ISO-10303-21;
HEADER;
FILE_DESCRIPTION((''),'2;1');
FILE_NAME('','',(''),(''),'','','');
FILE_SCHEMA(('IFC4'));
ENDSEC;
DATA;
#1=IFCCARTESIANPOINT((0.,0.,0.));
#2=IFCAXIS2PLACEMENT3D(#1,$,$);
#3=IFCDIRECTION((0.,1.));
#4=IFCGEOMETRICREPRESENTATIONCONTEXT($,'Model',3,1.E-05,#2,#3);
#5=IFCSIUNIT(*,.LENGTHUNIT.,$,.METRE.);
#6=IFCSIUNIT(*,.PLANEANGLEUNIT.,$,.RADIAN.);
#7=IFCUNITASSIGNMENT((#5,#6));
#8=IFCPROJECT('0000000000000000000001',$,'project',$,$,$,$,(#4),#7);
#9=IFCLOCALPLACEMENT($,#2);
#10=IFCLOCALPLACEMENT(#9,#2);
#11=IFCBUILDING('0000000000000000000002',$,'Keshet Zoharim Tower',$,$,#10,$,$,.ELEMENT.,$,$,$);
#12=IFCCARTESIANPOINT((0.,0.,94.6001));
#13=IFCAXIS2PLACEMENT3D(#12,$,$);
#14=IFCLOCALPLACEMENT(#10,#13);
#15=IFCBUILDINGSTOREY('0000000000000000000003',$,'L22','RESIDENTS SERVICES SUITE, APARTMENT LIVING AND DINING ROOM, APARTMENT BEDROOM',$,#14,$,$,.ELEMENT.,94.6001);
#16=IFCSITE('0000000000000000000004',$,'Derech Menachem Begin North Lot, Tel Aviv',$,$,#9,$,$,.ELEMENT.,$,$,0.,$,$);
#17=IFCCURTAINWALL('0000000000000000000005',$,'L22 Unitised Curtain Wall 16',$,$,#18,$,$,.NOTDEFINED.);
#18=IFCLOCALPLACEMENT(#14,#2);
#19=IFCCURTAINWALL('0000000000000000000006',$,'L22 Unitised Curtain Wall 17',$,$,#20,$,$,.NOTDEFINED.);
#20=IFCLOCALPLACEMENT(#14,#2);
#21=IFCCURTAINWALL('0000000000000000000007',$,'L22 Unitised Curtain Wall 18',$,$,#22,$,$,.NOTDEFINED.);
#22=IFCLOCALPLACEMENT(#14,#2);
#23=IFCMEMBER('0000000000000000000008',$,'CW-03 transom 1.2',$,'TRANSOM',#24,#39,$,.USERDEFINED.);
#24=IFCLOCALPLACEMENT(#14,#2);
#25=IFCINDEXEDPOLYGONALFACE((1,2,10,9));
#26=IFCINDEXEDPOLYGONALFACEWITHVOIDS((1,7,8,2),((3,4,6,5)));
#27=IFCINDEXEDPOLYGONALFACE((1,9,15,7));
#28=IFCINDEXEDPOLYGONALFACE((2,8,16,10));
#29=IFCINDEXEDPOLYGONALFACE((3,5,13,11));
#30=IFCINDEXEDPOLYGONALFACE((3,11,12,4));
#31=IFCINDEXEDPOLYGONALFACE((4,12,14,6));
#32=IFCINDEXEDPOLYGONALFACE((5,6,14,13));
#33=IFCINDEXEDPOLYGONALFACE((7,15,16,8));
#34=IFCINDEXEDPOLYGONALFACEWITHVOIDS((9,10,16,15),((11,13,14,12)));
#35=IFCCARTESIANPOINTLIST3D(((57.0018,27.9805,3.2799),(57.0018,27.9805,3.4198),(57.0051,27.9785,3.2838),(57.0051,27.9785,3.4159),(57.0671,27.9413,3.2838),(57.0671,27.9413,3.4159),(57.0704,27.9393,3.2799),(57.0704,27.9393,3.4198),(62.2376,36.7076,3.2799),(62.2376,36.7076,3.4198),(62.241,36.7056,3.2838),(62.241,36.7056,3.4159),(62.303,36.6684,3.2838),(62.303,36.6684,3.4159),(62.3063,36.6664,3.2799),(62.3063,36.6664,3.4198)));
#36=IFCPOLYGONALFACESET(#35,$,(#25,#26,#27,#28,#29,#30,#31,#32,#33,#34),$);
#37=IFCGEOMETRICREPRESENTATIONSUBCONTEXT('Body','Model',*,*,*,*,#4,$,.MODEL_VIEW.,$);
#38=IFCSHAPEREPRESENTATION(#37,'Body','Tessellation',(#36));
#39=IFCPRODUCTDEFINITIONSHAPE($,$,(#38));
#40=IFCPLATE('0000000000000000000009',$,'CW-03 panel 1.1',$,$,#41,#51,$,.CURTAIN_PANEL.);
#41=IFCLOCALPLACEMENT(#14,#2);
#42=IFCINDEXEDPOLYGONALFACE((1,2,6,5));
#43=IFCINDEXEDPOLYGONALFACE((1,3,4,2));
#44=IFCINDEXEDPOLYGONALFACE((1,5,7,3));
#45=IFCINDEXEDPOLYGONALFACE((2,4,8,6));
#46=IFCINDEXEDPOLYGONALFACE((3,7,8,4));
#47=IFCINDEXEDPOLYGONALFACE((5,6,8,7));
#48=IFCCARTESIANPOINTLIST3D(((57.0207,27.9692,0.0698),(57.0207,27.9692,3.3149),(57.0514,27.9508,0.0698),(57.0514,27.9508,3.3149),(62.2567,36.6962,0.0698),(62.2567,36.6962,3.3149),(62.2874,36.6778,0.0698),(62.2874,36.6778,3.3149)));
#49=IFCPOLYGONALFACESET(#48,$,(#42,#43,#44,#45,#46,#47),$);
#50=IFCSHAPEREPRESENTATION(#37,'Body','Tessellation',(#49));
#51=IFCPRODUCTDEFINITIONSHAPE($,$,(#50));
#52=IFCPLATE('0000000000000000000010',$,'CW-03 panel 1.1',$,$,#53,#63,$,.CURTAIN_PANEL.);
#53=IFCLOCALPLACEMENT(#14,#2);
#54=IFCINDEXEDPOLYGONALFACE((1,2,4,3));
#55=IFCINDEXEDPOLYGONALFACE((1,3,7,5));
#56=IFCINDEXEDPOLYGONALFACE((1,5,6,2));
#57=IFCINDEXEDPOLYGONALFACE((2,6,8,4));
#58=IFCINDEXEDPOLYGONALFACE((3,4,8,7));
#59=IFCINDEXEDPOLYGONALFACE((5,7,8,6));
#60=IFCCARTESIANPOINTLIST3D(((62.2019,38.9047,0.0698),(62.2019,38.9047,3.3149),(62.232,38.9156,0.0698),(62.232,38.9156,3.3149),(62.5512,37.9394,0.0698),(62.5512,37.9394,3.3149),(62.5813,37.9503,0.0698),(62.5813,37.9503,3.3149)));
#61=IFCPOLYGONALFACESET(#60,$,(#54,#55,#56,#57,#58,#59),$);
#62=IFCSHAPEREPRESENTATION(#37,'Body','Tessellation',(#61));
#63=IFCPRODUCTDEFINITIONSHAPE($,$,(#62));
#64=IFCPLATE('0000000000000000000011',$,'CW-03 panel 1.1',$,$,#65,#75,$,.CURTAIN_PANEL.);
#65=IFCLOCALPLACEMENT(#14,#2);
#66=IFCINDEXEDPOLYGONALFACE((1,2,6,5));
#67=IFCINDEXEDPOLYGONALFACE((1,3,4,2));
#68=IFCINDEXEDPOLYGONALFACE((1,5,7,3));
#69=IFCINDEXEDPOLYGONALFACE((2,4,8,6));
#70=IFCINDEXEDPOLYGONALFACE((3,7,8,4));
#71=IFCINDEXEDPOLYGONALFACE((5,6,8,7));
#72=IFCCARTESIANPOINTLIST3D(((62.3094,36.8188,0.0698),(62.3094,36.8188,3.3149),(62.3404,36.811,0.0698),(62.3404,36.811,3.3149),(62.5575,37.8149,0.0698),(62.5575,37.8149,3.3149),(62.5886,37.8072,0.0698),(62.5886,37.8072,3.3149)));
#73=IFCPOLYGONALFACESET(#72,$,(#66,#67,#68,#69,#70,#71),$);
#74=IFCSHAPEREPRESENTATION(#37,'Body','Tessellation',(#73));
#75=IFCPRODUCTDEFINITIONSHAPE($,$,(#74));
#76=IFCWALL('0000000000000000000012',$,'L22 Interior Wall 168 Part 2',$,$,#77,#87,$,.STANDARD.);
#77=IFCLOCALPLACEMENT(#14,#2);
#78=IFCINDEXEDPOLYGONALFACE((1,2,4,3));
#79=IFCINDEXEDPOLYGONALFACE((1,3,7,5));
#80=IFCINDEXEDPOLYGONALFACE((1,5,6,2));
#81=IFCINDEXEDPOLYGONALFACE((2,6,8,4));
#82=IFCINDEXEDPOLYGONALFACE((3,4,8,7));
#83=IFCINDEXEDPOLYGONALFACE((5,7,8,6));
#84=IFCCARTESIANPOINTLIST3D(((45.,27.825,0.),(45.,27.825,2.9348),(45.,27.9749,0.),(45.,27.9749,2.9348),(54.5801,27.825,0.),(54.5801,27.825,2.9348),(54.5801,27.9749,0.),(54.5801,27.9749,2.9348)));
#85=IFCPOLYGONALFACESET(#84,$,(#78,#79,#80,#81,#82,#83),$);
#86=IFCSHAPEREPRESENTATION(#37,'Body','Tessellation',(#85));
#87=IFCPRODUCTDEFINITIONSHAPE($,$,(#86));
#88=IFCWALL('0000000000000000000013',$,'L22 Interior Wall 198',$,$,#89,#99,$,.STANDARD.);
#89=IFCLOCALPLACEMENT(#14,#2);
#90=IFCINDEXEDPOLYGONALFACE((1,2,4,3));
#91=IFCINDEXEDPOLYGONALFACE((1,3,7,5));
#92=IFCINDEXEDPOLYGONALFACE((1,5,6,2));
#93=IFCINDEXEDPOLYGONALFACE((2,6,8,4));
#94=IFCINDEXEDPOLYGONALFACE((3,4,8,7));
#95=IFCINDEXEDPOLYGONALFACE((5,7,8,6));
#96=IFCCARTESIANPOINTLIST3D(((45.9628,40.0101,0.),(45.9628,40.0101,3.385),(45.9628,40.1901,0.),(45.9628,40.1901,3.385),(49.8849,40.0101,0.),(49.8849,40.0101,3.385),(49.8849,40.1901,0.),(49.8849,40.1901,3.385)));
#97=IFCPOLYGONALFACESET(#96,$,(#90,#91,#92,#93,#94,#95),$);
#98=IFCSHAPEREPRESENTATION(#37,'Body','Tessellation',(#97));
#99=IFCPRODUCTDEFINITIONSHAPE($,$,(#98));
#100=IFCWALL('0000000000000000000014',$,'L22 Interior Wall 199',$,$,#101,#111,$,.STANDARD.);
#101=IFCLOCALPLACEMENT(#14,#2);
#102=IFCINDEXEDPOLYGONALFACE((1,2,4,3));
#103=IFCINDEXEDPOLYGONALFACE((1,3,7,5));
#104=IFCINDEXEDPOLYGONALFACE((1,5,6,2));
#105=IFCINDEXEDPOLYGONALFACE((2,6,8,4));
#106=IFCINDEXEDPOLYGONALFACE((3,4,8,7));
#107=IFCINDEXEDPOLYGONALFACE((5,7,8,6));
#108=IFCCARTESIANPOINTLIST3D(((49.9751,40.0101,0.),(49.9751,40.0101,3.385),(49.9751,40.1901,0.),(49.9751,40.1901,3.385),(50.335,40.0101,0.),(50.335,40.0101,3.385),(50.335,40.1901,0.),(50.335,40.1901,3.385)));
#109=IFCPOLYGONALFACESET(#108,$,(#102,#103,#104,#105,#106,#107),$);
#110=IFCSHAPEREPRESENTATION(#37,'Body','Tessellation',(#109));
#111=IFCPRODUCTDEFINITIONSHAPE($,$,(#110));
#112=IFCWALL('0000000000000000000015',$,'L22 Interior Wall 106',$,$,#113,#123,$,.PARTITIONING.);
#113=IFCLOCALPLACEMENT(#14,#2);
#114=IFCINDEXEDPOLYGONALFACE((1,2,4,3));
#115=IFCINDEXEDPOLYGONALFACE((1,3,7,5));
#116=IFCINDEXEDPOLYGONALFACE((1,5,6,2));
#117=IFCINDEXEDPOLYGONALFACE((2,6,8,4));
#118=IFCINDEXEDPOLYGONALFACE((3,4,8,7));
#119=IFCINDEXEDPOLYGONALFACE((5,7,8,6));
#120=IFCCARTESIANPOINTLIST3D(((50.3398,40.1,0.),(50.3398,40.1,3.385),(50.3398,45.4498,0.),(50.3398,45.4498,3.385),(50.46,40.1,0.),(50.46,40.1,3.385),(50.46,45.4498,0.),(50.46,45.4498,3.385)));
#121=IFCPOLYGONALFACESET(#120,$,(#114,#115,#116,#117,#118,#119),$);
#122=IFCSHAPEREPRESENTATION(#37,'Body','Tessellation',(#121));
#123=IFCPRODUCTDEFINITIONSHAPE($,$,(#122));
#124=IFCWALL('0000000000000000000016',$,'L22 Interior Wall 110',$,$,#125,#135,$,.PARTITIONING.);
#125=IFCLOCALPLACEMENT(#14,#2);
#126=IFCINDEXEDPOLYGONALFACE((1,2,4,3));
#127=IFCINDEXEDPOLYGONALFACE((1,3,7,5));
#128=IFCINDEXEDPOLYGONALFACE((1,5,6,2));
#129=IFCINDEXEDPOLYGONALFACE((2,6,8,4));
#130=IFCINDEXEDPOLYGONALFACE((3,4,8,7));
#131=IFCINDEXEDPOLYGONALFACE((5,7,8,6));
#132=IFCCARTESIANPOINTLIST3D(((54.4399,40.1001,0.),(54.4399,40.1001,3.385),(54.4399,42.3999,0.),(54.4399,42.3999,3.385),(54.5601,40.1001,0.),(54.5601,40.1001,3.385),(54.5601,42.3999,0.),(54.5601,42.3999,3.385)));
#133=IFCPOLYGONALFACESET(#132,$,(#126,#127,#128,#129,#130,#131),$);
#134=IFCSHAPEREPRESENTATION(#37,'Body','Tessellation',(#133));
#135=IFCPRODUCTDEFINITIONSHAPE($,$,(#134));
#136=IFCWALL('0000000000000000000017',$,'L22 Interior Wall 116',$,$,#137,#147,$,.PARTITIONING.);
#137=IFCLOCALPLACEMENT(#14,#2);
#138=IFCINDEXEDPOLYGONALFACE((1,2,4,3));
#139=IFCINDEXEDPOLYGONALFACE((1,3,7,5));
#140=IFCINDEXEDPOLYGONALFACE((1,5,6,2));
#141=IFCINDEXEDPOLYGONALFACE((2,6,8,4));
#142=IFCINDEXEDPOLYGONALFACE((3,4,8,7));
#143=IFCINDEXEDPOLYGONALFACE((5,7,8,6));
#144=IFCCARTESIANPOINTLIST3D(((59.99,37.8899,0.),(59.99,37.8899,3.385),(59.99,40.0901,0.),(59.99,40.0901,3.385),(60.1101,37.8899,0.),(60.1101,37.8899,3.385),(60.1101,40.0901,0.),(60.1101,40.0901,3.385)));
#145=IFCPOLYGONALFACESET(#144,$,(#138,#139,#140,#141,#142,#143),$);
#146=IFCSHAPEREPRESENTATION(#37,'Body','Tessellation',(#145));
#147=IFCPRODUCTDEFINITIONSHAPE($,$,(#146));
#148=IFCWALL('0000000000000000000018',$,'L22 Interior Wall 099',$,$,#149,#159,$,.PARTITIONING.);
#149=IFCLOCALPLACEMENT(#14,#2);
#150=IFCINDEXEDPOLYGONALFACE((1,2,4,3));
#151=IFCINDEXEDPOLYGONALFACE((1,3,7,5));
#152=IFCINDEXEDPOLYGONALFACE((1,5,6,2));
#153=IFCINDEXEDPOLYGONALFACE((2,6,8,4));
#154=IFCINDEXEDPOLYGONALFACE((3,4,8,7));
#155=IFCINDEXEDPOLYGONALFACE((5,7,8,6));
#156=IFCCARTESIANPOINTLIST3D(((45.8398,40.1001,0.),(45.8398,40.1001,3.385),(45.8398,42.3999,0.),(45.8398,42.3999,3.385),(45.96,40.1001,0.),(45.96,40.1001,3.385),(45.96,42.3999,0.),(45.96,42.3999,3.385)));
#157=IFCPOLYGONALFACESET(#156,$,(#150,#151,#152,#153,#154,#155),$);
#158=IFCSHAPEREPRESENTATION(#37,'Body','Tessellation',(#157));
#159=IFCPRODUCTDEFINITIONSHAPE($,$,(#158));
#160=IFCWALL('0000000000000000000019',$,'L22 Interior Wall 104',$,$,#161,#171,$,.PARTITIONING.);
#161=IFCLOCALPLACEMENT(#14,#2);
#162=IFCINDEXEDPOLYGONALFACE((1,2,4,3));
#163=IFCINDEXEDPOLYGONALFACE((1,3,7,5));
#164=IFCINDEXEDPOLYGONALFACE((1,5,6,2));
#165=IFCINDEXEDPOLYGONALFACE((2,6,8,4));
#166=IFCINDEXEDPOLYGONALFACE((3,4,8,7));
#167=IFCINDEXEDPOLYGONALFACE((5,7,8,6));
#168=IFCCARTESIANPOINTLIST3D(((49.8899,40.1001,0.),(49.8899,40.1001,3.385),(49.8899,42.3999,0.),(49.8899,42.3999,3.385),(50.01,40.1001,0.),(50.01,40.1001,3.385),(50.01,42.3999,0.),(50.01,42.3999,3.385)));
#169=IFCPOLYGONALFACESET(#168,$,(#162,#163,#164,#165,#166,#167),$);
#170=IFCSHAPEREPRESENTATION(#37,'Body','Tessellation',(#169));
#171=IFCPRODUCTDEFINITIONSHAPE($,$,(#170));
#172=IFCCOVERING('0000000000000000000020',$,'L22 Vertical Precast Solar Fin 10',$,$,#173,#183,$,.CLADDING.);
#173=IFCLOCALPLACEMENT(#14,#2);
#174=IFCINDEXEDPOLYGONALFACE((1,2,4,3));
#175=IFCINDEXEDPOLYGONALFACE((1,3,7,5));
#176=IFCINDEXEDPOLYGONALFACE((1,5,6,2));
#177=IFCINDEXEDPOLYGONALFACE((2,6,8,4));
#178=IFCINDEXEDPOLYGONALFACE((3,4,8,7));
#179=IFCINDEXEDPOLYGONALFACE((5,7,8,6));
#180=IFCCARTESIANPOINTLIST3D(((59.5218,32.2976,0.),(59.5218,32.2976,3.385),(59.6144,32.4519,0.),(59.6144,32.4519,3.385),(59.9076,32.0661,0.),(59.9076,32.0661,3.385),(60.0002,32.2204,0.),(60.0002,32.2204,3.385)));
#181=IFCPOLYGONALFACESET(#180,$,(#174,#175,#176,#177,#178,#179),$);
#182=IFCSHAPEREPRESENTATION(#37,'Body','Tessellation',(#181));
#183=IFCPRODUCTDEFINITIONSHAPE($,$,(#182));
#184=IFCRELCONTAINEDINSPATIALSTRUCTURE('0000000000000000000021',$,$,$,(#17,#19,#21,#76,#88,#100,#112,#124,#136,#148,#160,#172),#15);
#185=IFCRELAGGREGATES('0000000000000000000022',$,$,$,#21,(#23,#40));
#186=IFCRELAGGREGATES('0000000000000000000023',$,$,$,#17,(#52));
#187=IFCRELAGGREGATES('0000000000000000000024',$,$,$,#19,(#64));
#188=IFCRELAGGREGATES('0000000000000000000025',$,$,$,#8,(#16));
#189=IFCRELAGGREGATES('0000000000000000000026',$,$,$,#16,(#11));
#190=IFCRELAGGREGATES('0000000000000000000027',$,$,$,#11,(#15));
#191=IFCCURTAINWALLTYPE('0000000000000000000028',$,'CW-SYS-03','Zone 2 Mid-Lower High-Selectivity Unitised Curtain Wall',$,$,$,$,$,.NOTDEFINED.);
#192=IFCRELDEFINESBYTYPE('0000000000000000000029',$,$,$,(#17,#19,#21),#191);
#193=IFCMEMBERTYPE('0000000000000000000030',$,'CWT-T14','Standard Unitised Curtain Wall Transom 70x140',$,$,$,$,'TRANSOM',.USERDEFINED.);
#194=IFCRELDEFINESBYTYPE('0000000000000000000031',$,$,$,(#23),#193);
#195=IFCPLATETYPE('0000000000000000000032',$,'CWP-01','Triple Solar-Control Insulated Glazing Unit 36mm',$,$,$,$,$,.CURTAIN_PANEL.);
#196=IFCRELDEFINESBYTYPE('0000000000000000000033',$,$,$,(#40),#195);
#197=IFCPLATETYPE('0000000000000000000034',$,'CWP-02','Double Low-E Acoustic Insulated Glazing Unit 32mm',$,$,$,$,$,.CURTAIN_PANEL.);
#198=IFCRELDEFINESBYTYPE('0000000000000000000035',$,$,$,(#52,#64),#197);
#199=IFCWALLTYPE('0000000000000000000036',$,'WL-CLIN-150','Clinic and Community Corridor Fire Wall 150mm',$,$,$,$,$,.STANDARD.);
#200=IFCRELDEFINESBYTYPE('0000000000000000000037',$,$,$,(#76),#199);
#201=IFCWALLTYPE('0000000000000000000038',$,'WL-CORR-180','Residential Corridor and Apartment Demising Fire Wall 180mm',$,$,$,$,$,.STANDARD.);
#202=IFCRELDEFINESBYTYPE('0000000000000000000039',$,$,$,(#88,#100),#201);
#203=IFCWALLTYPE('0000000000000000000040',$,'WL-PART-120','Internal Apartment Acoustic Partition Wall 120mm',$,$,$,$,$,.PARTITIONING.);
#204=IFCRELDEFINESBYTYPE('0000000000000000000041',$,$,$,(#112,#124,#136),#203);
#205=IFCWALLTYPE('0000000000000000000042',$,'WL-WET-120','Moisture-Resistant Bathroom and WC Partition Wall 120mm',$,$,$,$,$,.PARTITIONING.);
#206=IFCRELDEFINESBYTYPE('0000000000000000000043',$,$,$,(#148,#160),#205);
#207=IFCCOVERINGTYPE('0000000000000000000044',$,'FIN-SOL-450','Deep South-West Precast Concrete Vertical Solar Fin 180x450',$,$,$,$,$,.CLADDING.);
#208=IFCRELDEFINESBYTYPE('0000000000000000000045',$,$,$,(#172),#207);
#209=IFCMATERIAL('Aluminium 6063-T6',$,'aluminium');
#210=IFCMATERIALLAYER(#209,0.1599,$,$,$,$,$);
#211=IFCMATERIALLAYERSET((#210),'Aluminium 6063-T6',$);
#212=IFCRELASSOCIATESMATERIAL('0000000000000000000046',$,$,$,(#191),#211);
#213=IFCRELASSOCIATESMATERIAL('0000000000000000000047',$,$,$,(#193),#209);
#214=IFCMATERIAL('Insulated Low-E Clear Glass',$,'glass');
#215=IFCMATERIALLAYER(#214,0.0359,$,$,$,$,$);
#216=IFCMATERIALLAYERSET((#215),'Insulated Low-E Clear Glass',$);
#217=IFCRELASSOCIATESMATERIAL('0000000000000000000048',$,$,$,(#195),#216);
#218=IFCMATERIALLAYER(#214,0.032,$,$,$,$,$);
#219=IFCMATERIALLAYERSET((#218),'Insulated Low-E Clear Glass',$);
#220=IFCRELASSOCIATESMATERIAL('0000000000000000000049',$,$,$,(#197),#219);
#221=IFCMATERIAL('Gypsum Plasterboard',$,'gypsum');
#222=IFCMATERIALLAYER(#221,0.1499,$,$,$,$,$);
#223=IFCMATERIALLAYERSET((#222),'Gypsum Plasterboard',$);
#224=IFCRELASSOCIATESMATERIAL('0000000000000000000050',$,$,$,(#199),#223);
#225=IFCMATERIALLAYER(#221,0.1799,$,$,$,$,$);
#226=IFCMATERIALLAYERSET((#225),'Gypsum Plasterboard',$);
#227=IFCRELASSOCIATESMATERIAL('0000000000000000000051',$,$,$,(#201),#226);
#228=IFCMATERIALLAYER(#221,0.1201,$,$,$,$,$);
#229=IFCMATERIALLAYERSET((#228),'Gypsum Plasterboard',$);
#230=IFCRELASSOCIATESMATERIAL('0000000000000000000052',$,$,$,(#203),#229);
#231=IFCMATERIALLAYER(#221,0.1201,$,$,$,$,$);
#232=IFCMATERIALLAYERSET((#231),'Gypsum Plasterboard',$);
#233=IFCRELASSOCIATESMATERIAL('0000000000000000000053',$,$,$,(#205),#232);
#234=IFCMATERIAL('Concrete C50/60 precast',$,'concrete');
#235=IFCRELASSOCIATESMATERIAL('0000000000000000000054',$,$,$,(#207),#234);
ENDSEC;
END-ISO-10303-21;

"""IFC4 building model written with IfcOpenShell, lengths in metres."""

from ifc_helpers import new_model, si_unit, direction, frame, frame_2d, origin, origin_2d, place, context, subcontext, project, spatial, rectangle, hollow_rectangle, extrude, material, layer, layer_set, material_profile, profile_set, type_object, element, aggregate, save


model = new_model("IFC4")

# Units and contexts
model_context = context("Model", 3, precision=1e-05, world=origin(), true_north=direction((0.0, 1.0)))
body_context = subcontext(model_context, "Body", "Model", "MODEL_VIEW")
ifc_project = project(units=[si_unit("LENGTHUNIT", "METRE"), si_unit("PLANEANGLEUNIT", "RADIAN")], contexts=[model_context])

# Site, building, storey
site_placement = place(None, origin())
site = spatial("IfcSite", under=ifc_project, at=site_placement, Name="Derech Menachem Begin North Lot, Tel Aviv", CompositionType="ELEMENT", RefElevation=0.0)
building_placement = place(site_placement, origin())
building = spatial("IfcBuilding", under=site, at=building_placement, Name="Keshet Zoharim Tower", CompositionType="ELEMENT")
storey_placement = place(building_placement, frame((0.0, 0.0, 94.6001)))
storey = spatial("IfcBuildingStorey", under=building, at=storey_placement, Name="L22", Description="RESIDENTS SERVICES SUITE, APARTMENT LIVING AND DINING ROOM, APARTMENT BEDROOM", CompositionType="ELEMENT", Elevation=94.6001)

# Shared definitions
ifc_material_1 = material(Name="Aluminium 6063-T6", Category="aluminium")
ifc_layer_1 = layer(ifc_material_1, 0.1599)
ifc_layer_set_1 = layer_set([ifc_layer_1], Name="Aluminium 6063-T6")
curtain_wall_type = type_object("IfcCurtainWallType", Name="CW-SYS-03", Description="Zone 2 Mid-Lower High-Selectivity Unitised Curtain Wall", PredefinedType="NOTDEFINED", material=ifc_layer_set_1)

# Curtain walls
curtain_wall_1_placement = place(storey_placement, origin())
curtain_wall_1 = element("IfcCurtainWall", 1, at=curtain_wall_1_placement, inside=storey, type_object=curtain_wall_type, Name="L22 Unitised Curtain Wall 16", PredefinedType="NOTDEFINED")
curtain_wall_2_placement = place(storey_placement, origin())
curtain_wall_2 = element("IfcCurtainWall", 2, at=curtain_wall_2_placement, inside=storey, type_object=curtain_wall_type, Name="L22 Unitised Curtain Wall 17", PredefinedType="NOTDEFINED")
curtain_wall_3_placement = place(storey_placement, origin())
curtain_wall_3 = element("IfcCurtainWall", 3, at=curtain_wall_3_placement, inside=storey, type_object=curtain_wall_type, Name="L22 Unitised Curtain Wall 18", PredefinedType="NOTDEFINED")

# Member
ifc_material_profile_1 = material_profile(ifc_material_1, hollow_rectangle(XDim=0.0801, YDim=0.1399, WallThickness=0.0039, at=origin_2d()), Name="TRN-80x140")
ifc_profile_set_1 = profile_set([ifc_material_profile_1], Name="Aluminium 6063-T6")
member_type_1 = type_object("IfcMemberType", Name="CWT-T14", Description="Standard Unitised Curtain Wall Transom 70x140", ElementType="TRANSOM", PredefinedType="USERDEFINED", material=ifc_profile_set_1)
member_1_placement = place(storey_placement, frame((62.272, 36.687, 3.3499), z_axis=(-0.514468, -0.85751, 0.0), x_axis=(0.85751, -0.514468, 0.0)))
member_1 = element("IfcMember", 4, at=member_1_placement, type_object=member_type_1, Name="CW-03 transom 1.2", ObjectType="TRANSOM", PredefinedType="USERDEFINED", context=body_context, shape_type="SweptSolid", body=[
    extrude(hollow_rectangle(XDim=0.0801, YDim=0.1399, WallThickness=0.0039, at=origin_2d()), origin(), (0.0, 0.0, 1.0), 10.1772),
])

# Plates
ifc_material_2 = material(Name="Insulated Low-E Clear Glass", Category="glass")
ifc_layer_2 = layer(ifc_material_2, 0.0359)
ifc_layer_set_2 = layer_set([ifc_layer_2], Name="Insulated Low-E Clear Glass")
plate_type_1 = type_object("IfcPlateType", Name="CWP-01", Description="Triple Solar-Control Insulated Glazing Unit 36mm", PredefinedType="CURTAIN_PANEL", material=ifc_layer_set_2)
plate_1_placement = place(storey_placement, frame((59.6541, 32.3235, 0.0698), z_axis=(0.0, 0.0, 1.0), x_axis=(-0.514482, -0.857501, 0.0)))
plate_1 = element("IfcPlate", 5, at=plate_1_placement, type_object=plate_type_1, Name="CW-03 panel 1.1", PredefinedType="CURTAIN_PANEL", context=body_context, shape_type="SweptSolid", body=[
    extrude(rectangle(XDim=10.1772, YDim=0.0359, at=origin_2d()), origin(), (0.0, 0.0, 1.0), 3.2451),
])
aggregate(curtain_wall_3, [member_1, plate_1])
ifc_layer_3 = layer(ifc_material_2, 0.032)
ifc_layer_set_3 = layer_set([ifc_layer_3], Name="Insulated Low-E Clear Glass")
plate_type_2 = type_object("IfcPlateType", Name="CWP-02", Description="Double Low-E Acoustic Insulated Glazing Unit 32mm", PredefinedType="CURTAIN_PANEL", material=ifc_layer_set_3)
plate_2_placement = place(storey_placement, frame((62.3916, 38.4275, 0.0698), z_axis=(0.0, 0.0, 1.0), x_axis=(0.340297, -0.940318, 0.0)))
plate_2 = element("IfcPlate", 6, at=plate_2_placement, type_object=plate_type_2, Name="CW-03 panel 1.1", PredefinedType="CURTAIN_PANEL", context=body_context, shape_type="SweptSolid", body=[
    extrude(rectangle(XDim=1.0266, YDim=0.032, at=origin_2d()), origin(), (0.0, 0.0, 1.0), 3.2451),
])
aggregate(curtain_wall_1, [plate_2])
plate_3_placement = place(storey_placement, frame((62.449, 37.313, 0.0698), z_axis=(0.0, 0.0, 1.0), x_axis=(-0.241729, -0.970344, 0.0)))
plate_3 = element("IfcPlate", 7, at=plate_3_placement, type_object=plate_type_2, Name="CW-03 panel 1.1", PredefinedType="CURTAIN_PANEL", context=body_context, shape_type="SweptSolid", body=[
    extrude(rectangle(XDim=1.0266, YDim=0.032, at=origin_2d()), origin(), (0.0, 0.0, 1.0), 3.2451),
])
aggregate(curtain_wall_2, [plate_3])

# Walls
ifc_material_3 = material(Name="Gypsum Plasterboard", Category="gypsum")
ifc_layer_4 = layer(ifc_material_3, 0.1499)
ifc_layer_set_4 = layer_set([ifc_layer_4], Name="Gypsum Plasterboard")
wall_type_1 = type_object("IfcWallType", Name="WL-CLIN-150", Description="Clinic and Community Corridor Fire Wall 150mm", PredefinedType="STANDARD", material=ifc_layer_set_4)
wall_1_placement = place(storey_placement, frame((45.0, 27.8999, 0.0), z_axis=(0.0, 0.0, 1.0), x_axis=(1.0, 0.0, 0.0)))
element("IfcWall", 8, at=wall_1_placement, inside=storey, type_object=wall_type_1, Name="L22 Interior Wall 168 Part 2", PredefinedType="STANDARD", context=body_context, shape_type="SweptSolid", body=[
    extrude(rectangle(XDim=9.5801, YDim=0.1499, at=frame_2d((4.79, 0.0))), origin(), (0.0, 0.0, 1.0), 2.9348),
])
ifc_layer_5 = layer(ifc_material_3, 0.1799)
ifc_layer_set_5 = layer_set([ifc_layer_5], Name="Gypsum Plasterboard")
wall_type_2 = type_object("IfcWallType", Name="WL-CORR-180", Description="Residential Corridor and Apartment Demising Fire Wall 180mm", PredefinedType="STANDARD", material=ifc_layer_set_5)
wall_2_placement = place(storey_placement, frame((45.9629, 40.1001, 0.0), z_axis=(0.0, 0.0, 1.0), x_axis=(1.0, 0.0, 0.0)))
element("IfcWall", 9, at=wall_2_placement, inside=storey, type_object=wall_type_2, Name="L22 Interior Wall 198", PredefinedType="STANDARD", context=body_context, shape_type="SweptSolid", body=[
    extrude(rectangle(XDim=3.9221, YDim=0.1799, at=frame_2d((1.9609, 0.0))), origin(), (0.0, 0.0, 1.0), 3.385),
])
wall_3_placement = place(storey_placement, frame((49.9751, 40.1001, 0.0), z_axis=(0.0, 0.0, 1.0), x_axis=(1.0, 0.0, 0.0)))
element("IfcWall", 10, at=wall_3_placement, inside=storey, type_object=wall_type_2, Name="L22 Interior Wall 199", PredefinedType="STANDARD", context=body_context, shape_type="SweptSolid", body=[
    extrude(rectangle(XDim=0.3599, YDim=0.1799, at=frame_2d((0.1799, 0.0))), origin(), (0.0, 0.0, 1.0), 3.385),
])

# Walls
ifc_layer_6 = layer(ifc_material_3, 0.1201)
ifc_layer_set_6 = layer_set([ifc_layer_6], Name="Gypsum Plasterboard")
wall_type_3 = type_object("IfcWallType", Name="WL-PART-120", Description="Internal Apartment Acoustic Partition Wall 120mm", PredefinedType="PARTITIONING", material=ifc_layer_set_6)
wall_4_placement = place(storey_placement, frame((50.3999, 40.1001, 0.0), z_axis=(0.0, 0.0, 1.0), x_axis=(0.0, 1.0, 0.0)))
element("IfcWall", 11, at=wall_4_placement, inside=storey, type_object=wall_type_3, Name="L22 Interior Wall 106", PredefinedType="PARTITIONING", context=body_context, shape_type="SweptSolid", body=[
    extrude(rectangle(XDim=5.3499, YDim=0.1201, at=frame_2d((2.6748, 0.0))), origin(), (0.0, 0.0, 1.0), 3.385),
])
wall_5_placement = place(storey_placement, frame((54.5, 40.1001, 0.0), z_axis=(0.0, 0.0, 1.0), x_axis=(0.0, 1.0, 0.0)))
element("IfcWall", 12, at=wall_5_placement, inside=storey, type_object=wall_type_3, Name="L22 Interior Wall 110", PredefinedType="PARTITIONING", context=body_context, shape_type="SweptSolid", body=[
    extrude(rectangle(XDim=2.2998, YDim=0.1201, at=frame_2d((1.1499, 0.0))), origin(), (0.0, 0.0, 1.0), 3.385),
])
wall_6_placement = place(storey_placement, frame((60.05, 37.8899, 0.0), z_axis=(0.0, 0.0, 1.0), x_axis=(0.0, 1.0, 0.0)))
element("IfcWall", 13, at=wall_6_placement, inside=storey, type_object=wall_type_3, Name="L22 Interior Wall 116", PredefinedType="PARTITIONING", context=body_context, shape_type="SweptSolid", body=[
    extrude(rectangle(XDim=2.2002, YDim=0.1201, at=frame_2d((1.1001, 0.0))), origin(), (0.0, 0.0, 1.0), 3.385),
])
ifc_layer_7 = layer(ifc_material_3, 0.1201)
ifc_layer_set_7 = layer_set([ifc_layer_7], Name="Gypsum Plasterboard")
wall_type_4 = type_object("IfcWallType", Name="WL-WET-120", Description="Moisture-Resistant Bathroom and WC Partition Wall 120mm", PredefinedType="PARTITIONING", material=ifc_layer_set_7)
for number, where, z_axis, x_axis, name in (
    (14, (45.8999, 40.1001, 0.0), (0.0, 0.0, 1.0), (0.0, 1.0, 0.0), "L22 Interior Wall 099"),
    (15, (49.95, 40.1001, 0.0), (0.0, 0.0, 1.0), (0.0, 1.0, 0.0), "L22 Interior Wall 104"),
):
    element("IfcWall", number, at=place(storey_placement, frame(where, z_axis=z_axis, x_axis=x_axis)), inside=storey, type_object=wall_type_4, Name=name, PredefinedType="PARTITIONING", context=body_context, shape_type="SweptSolid", body=[
        extrude(rectangle(XDim=2.2998, YDim=0.1201, at=frame_2d((1.1499, 0.0))), origin(), (0.0, 0.0, 1.0), 3.385),
    ])

# Covering
ifc_material_4 = material(Name="Concrete C50/60 precast", Category="concrete")
covering_type = type_object("IfcCoveringType", Name="FIN-SOL-450", Description="Deep South-West Precast Concrete Vertical Solar Fin 180x450", PredefinedType="CLADDING", material=ifc_material_4)
covering_placement = place(storey_placement, frame((59.761, 32.259, 0.0), z_axis=(0.0, 0.0, 1.0), x_axis=(-0.514482, -0.857501, 0.0)))
element("IfcCovering", 16, at=covering_placement, inside=storey, type_object=covering_type, Name="L22 Vertical Precast Solar Fin 10", PredefinedType="CLADDING", context=body_context, shape_type="SweptSolid", body=[
    extrude(rectangle(XDim=0.1799, YDim=0.45, at=origin_2d()), origin(), (0.0, 0.0, 1.0), 3.385),
])

save(model, "model.ifc")
